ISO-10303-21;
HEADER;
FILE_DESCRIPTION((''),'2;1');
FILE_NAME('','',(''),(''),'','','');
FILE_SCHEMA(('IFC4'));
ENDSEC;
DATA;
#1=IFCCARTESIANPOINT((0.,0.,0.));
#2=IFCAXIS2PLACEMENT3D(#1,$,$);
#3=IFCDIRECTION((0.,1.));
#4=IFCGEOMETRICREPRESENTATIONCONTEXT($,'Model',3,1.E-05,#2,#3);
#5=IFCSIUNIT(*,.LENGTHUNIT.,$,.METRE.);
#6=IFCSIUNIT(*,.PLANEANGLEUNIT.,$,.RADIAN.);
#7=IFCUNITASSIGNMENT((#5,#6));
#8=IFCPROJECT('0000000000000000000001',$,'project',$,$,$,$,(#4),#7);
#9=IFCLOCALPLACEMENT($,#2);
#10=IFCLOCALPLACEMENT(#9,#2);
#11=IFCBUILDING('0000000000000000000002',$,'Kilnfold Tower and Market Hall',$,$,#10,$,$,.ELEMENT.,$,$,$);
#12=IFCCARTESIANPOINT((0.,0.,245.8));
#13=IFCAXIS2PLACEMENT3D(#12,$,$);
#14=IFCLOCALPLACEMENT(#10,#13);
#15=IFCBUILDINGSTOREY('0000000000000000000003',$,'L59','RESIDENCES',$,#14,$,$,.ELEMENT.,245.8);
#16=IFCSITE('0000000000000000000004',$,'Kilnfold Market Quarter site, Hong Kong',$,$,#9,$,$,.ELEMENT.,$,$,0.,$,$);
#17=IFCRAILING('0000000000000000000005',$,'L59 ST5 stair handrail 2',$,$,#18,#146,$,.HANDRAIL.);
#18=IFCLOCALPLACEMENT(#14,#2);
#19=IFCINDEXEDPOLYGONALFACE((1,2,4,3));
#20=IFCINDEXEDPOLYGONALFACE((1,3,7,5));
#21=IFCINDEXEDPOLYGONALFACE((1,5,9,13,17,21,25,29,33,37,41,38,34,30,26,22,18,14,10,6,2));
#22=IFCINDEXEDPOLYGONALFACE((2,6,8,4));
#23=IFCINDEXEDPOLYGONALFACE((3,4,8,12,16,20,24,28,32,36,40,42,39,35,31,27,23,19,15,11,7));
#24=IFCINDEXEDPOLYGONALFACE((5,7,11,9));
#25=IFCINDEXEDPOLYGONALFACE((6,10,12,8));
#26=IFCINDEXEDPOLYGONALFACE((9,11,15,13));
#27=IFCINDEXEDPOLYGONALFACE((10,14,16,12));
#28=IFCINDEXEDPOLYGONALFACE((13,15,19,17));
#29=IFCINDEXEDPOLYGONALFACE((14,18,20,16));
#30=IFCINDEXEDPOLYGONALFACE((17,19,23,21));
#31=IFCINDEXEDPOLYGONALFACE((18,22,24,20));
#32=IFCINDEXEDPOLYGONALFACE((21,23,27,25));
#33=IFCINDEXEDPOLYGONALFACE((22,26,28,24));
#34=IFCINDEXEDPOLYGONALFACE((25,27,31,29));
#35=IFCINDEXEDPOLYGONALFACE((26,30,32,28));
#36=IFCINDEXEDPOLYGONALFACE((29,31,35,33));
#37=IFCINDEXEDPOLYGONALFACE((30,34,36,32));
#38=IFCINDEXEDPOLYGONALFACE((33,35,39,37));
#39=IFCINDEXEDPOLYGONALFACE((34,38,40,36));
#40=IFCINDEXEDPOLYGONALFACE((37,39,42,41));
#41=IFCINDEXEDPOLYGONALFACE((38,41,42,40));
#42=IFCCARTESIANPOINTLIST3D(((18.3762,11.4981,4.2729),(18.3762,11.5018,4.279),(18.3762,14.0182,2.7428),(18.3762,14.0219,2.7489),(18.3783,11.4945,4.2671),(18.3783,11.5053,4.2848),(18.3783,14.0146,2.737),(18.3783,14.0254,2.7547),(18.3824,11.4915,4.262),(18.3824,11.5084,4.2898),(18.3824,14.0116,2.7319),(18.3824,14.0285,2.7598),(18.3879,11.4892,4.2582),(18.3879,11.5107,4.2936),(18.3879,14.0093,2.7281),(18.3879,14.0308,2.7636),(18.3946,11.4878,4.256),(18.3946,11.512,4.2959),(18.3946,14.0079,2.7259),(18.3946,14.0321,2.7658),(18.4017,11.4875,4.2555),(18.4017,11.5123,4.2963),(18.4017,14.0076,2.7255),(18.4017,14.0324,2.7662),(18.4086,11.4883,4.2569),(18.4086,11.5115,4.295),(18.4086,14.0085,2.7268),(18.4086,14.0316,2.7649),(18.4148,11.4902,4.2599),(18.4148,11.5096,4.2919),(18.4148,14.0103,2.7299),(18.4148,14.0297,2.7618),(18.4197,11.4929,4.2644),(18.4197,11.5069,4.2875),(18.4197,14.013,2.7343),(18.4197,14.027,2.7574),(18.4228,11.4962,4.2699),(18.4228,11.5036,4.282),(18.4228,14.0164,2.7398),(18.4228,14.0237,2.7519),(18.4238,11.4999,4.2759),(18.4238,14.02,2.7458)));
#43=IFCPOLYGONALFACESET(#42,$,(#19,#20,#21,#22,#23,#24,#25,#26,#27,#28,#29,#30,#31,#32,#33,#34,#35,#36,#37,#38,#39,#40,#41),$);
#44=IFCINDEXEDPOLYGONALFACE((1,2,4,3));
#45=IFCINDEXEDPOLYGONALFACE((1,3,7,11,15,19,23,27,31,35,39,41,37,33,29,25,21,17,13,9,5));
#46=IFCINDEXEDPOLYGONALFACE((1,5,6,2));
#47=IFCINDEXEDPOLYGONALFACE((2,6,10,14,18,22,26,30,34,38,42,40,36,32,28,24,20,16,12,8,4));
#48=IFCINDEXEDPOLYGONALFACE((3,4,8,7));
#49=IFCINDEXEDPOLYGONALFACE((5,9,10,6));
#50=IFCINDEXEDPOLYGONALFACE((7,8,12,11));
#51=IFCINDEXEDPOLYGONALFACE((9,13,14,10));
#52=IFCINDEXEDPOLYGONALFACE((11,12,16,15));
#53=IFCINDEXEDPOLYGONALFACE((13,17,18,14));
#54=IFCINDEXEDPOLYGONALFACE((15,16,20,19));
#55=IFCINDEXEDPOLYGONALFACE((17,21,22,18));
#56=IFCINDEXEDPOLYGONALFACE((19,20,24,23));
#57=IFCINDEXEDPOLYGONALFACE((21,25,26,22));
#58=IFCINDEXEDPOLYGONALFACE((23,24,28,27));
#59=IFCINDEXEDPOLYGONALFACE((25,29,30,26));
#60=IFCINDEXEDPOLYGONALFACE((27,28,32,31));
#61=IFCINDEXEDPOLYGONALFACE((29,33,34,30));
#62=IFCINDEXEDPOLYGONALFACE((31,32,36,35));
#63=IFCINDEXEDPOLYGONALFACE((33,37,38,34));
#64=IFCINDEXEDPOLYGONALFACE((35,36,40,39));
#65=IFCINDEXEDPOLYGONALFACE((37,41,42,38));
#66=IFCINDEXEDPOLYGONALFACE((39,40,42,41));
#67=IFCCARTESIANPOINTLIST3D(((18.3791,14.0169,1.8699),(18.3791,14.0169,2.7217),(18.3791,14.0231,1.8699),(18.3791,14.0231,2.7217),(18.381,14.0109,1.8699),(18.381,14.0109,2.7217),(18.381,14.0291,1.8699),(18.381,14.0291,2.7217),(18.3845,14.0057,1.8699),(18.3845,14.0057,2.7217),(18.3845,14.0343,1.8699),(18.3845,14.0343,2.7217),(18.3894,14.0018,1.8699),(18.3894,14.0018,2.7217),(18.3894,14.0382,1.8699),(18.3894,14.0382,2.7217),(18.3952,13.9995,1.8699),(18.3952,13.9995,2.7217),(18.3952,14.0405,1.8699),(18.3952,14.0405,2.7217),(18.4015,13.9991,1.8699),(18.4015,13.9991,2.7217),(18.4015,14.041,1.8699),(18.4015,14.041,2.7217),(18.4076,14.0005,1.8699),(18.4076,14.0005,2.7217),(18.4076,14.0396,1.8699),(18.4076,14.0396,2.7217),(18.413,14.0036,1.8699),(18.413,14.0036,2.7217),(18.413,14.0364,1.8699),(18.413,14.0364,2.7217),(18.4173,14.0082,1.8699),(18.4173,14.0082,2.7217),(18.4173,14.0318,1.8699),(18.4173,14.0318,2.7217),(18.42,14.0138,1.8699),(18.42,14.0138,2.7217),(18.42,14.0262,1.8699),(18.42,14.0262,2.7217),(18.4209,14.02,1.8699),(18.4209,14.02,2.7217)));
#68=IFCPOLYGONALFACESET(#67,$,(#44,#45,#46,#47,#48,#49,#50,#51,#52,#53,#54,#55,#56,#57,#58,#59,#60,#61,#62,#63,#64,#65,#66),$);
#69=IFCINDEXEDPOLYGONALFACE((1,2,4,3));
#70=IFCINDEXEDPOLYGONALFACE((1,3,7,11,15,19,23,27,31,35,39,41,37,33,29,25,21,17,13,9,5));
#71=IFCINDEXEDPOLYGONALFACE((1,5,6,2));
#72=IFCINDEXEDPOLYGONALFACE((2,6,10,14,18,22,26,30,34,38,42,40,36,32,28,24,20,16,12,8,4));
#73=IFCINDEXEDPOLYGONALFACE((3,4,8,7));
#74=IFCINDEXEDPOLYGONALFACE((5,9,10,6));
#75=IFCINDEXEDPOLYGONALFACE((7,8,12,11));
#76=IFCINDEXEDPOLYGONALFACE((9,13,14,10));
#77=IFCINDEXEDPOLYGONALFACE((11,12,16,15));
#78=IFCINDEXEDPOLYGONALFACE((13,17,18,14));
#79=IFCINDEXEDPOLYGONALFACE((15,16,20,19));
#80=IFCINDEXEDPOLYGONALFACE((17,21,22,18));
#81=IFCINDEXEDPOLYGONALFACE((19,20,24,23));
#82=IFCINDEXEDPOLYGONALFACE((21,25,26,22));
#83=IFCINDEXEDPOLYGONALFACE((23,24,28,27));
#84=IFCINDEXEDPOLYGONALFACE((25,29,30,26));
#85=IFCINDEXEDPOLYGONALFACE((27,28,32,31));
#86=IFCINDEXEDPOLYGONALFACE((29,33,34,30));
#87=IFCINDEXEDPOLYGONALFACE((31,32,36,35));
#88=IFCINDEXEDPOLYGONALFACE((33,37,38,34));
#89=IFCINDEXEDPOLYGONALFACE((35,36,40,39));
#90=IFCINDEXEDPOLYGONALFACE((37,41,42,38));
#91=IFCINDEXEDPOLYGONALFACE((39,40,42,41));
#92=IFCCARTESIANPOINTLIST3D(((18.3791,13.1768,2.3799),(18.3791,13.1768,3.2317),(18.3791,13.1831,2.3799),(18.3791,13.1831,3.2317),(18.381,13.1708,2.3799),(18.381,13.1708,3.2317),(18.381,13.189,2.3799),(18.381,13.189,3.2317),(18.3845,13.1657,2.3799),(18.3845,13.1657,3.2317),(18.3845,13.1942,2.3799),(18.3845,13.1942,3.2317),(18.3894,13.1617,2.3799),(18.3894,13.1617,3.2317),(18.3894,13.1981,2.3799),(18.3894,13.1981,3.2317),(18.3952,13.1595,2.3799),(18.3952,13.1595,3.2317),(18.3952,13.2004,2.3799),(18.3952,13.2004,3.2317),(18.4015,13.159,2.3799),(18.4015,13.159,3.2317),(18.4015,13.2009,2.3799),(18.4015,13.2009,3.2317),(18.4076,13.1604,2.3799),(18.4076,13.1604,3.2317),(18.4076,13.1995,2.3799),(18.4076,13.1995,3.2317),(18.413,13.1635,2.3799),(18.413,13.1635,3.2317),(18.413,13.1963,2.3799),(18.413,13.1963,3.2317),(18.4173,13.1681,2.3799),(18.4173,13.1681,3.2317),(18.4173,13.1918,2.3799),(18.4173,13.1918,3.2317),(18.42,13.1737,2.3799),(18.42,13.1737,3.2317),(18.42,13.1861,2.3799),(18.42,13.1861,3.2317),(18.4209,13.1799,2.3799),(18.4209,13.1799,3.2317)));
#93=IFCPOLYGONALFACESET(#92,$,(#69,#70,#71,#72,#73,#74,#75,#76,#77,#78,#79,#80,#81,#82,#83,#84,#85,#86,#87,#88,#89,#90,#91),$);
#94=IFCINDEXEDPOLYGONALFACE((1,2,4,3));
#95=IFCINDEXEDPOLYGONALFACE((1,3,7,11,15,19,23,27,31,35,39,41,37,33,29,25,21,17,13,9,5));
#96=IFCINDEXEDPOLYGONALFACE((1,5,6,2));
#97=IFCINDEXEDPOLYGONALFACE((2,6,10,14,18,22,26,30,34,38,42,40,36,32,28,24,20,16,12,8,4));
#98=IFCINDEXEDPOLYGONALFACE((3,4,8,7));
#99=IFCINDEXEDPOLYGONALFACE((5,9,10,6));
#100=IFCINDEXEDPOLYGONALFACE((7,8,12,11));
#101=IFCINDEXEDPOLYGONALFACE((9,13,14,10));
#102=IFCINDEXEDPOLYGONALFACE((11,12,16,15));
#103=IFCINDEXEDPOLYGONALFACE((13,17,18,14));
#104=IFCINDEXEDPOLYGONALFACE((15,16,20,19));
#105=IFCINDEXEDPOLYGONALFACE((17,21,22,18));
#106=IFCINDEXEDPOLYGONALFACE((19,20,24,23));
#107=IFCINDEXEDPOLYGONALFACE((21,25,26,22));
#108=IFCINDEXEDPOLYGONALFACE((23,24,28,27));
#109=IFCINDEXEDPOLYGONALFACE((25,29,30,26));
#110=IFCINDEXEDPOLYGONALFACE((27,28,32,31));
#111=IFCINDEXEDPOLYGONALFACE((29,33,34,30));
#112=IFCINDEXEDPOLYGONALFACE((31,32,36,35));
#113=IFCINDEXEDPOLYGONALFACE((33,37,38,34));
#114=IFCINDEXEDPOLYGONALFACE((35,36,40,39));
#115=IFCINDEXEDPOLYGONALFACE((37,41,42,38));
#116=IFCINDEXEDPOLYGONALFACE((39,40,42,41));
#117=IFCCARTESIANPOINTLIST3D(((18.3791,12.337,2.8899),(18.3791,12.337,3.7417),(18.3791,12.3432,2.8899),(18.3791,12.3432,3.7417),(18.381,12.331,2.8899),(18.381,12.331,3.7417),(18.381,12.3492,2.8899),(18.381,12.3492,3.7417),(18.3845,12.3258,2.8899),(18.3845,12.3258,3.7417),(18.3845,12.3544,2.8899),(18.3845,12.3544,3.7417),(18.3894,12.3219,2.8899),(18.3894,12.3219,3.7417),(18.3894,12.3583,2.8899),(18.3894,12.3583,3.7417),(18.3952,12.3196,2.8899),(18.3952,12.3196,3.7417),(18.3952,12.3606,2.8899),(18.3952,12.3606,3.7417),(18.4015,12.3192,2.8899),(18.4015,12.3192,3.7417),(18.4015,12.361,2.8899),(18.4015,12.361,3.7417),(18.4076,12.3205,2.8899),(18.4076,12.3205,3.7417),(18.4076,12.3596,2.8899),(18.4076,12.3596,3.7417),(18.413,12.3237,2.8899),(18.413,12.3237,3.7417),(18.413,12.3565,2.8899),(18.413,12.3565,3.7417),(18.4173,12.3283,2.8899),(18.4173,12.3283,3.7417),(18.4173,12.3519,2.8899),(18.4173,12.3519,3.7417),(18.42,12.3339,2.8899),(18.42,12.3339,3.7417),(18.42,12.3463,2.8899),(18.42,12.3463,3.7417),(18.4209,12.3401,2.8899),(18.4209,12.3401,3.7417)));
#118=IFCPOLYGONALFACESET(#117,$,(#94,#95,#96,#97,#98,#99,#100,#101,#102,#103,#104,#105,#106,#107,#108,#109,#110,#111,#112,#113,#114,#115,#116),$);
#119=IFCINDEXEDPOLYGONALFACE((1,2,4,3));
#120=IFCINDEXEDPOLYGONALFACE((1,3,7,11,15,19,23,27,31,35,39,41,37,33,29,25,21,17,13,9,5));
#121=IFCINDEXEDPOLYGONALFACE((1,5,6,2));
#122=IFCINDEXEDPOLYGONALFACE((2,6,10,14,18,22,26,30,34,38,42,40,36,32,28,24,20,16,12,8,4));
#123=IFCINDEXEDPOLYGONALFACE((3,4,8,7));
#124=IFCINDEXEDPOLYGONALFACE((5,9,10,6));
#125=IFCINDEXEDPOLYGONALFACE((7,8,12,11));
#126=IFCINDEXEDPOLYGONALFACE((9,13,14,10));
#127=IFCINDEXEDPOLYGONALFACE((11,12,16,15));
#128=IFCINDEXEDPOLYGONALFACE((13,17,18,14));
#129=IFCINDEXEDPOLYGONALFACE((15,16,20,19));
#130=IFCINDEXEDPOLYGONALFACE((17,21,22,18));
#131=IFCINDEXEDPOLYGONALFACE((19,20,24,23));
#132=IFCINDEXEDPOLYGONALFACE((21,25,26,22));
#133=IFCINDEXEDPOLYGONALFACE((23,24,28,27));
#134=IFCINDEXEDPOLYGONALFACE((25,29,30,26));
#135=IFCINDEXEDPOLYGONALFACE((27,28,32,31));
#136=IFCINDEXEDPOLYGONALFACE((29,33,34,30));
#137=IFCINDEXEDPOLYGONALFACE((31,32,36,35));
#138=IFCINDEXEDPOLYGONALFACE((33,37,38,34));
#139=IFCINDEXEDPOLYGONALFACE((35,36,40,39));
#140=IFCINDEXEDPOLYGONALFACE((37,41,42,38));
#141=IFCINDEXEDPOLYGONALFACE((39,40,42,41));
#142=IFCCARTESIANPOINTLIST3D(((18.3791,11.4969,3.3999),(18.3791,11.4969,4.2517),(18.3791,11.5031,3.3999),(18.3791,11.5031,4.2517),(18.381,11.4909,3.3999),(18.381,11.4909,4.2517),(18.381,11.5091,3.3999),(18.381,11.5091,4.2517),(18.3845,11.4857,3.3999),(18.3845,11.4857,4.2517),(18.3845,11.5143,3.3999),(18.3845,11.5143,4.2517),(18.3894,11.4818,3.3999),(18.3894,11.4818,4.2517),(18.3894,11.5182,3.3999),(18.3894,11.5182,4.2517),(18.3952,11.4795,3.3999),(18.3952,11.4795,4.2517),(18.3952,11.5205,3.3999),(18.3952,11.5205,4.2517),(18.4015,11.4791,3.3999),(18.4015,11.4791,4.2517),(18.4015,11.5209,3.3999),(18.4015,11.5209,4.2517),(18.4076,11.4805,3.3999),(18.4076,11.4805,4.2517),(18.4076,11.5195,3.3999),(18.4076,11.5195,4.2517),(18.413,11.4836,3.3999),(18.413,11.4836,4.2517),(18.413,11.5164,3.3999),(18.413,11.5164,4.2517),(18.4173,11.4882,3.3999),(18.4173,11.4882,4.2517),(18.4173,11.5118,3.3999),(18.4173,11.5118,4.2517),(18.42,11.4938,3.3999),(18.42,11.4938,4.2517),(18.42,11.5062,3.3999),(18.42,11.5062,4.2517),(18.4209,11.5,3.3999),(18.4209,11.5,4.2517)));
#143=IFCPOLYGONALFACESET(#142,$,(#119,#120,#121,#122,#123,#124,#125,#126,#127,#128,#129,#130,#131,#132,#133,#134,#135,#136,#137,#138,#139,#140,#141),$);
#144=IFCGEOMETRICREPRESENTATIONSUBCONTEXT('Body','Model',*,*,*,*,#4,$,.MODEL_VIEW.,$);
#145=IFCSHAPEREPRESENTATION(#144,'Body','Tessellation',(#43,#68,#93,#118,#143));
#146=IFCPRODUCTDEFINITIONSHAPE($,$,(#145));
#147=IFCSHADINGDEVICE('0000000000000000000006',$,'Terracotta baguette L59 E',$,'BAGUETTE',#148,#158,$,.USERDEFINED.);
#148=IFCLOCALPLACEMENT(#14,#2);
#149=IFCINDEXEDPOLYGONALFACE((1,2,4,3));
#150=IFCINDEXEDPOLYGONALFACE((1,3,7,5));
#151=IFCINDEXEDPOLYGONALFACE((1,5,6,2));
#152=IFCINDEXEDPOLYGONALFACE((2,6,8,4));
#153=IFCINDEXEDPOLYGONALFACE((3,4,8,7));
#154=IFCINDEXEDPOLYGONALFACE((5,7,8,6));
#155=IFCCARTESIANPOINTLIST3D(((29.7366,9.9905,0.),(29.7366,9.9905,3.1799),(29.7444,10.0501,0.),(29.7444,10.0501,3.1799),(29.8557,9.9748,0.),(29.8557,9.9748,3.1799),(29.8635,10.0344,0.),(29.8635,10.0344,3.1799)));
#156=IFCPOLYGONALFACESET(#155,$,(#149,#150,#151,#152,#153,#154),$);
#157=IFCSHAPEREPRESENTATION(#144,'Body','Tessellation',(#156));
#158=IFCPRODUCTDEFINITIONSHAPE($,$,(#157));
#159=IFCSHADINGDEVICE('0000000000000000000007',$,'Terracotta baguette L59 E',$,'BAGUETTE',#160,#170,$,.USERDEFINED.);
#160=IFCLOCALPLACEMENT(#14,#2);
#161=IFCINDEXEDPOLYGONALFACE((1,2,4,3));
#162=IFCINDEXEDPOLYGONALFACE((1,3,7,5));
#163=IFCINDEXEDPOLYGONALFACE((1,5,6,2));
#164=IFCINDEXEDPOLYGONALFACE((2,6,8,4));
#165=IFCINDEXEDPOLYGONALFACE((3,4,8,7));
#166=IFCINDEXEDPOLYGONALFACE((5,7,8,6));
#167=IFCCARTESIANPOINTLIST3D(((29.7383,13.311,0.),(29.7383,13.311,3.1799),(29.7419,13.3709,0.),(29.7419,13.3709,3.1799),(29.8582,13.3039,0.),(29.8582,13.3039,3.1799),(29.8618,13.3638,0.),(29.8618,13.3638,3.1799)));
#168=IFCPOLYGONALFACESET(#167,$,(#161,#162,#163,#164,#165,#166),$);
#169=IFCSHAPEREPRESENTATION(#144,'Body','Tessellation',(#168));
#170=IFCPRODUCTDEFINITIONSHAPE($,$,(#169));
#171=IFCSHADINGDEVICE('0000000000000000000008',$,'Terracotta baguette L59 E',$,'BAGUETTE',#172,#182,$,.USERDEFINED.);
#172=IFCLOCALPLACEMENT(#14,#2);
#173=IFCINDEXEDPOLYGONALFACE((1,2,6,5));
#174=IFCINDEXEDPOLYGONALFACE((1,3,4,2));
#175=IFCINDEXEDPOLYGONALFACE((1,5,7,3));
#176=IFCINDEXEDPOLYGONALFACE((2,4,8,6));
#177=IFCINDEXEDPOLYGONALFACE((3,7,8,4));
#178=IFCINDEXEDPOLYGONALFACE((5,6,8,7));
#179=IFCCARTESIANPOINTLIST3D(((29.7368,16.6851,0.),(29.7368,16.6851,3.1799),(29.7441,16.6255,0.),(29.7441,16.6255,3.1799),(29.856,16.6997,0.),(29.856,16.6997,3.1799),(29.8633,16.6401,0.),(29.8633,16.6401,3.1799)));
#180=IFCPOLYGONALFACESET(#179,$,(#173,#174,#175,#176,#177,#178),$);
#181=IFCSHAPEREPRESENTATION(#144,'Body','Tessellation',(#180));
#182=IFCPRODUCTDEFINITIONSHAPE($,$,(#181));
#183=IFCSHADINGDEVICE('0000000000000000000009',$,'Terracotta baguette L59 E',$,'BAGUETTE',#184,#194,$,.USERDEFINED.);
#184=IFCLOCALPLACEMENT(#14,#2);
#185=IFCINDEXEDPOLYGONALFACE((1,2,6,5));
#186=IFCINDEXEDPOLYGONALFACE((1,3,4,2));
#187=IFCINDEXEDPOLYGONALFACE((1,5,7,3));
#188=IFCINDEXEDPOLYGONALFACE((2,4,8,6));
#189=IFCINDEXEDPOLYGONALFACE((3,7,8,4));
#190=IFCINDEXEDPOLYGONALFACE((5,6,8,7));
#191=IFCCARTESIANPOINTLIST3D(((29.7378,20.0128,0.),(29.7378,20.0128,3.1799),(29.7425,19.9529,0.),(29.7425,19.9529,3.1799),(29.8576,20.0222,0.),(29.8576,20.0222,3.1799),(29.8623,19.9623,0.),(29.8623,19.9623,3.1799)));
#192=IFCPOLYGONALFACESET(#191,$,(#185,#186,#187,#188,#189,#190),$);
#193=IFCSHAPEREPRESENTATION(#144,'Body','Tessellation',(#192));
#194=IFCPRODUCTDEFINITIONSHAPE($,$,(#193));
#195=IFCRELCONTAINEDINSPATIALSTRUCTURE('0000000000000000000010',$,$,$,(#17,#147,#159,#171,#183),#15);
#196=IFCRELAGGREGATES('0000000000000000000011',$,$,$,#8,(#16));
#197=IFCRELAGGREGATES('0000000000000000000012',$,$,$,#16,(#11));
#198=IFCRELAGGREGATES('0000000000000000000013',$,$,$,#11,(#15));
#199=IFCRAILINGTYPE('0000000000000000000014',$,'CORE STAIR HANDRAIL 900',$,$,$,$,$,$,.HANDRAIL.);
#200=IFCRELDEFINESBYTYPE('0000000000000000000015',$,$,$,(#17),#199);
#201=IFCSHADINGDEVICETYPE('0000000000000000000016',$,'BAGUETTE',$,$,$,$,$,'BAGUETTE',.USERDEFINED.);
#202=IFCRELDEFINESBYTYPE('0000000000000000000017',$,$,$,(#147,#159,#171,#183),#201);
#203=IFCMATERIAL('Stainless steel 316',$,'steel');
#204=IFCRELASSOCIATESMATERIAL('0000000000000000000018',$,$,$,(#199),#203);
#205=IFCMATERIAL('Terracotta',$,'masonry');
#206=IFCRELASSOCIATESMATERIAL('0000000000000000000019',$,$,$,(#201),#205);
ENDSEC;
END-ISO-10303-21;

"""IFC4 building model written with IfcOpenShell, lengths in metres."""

from ifc_helpers import new_model, si_unit, direction, frame, origin, origin_2d, place, context, subcontext, project, spatial, rectangle, circle, extrude, source, transform, mapped, material, material_profile, profile_set, type_object, element, save


model = new_model("IFC4")

# Units and contexts
model_context = context("Model", 3, precision=1e-05, world=origin(), true_north=direction((0.0, 1.0)))
body_context = subcontext(model_context, "Body", "Model", "MODEL_VIEW")
ifc_project = project(units=[si_unit("LENGTHUNIT", "METRE"), si_unit("PLANEANGLEUNIT", "RADIAN")], contexts=[model_context])

# Site, building, storey
site_placement = place(None, origin())
site = spatial("IfcSite", under=ifc_project, at=site_placement, Name="Kilnfold Market Quarter site, Hong Kong", CompositionType="ELEMENT", RefElevation=0.0)
building_placement = place(site_placement, origin())
building = spatial("IfcBuilding", under=site, at=building_placement, Name="Kilnfold Tower and Market Hall", CompositionType="ELEMENT")
storey_placement = place(building_placement, frame((0.0, 0.0, 245.8)))
storey = spatial("IfcBuildingStorey", under=building, at=storey_placement, Name="L59", Description="RESIDENCES", CompositionType="ELEMENT", Elevation=245.8)

# Railing
ifc_material_1 = material(Name="Stainless steel 316", Category="steel")
railing_type_1 = type_object("IfcRailingType", Name="CORE STAIR HANDRAIL 900", PredefinedType="HANDRAIL", material=ifc_material_1)
railing_1_placement = place(storey_placement, frame((18.3999, 14.02, 1.8699)))
element("IfcRailing", 1, at=railing_1_placement, inside=storey, type_object=railing_type_1, Name="L59 ST5 stair handrail 2", PredefinedType="HANDRAIL", context=body_context, shape_type="SweptSolid", body=[
    extrude(circle(Radius=0.0239, at=origin_2d()), frame((0.0, 0.0, 0.876), z_axis=(0.0, -0.854785, 0.518982), x_axis=(1.0, 0.0, 0.0)), (0.0, 0.0, 1.0), 2.9482),
    extrude(circle(Radius=0.021, at=origin_2d()), origin(), (0.0, 0.0, 1.0), 0.8518),
    extrude(circle(Radius=0.021, at=origin_2d()), frame((0.0, -0.8401, 0.51)), (0.0, 0.0, 1.0), 0.8518),
    extrude(circle(Radius=0.021, at=origin_2d()), frame((0.0, -1.6799, 1.02)), (0.0, 0.0, 1.0), 0.8518),
    extrude(circle(Radius=0.021, at=origin_2d()), frame((0.0, -2.52, 1.53)), (0.0, 0.0, 1.0), 0.8518),
])

# Shading devices
ifc_material_2 = material(Name="Terracotta", Category="masonry")
ifc_material_profile_1 = material_profile(ifc_material_2, rectangle(XDim=0.0601, YDim=0.1201, at=origin_2d()), Name="BAG 60x120")
ifc_profile_set_1 = profile_set([ifc_material_profile_1], Name="Terracotta")
shading_device_type = type_object("IfcShadingDeviceType", Name="BAGUETTE", ElementType="BAGUETTE", PredefinedType="USERDEFINED", material=ifc_profile_set_1)
shared_shape_1 = source(origin(), body_context, "Body", "SweptSolid", [
    extrude(rectangle(XDim=0.0601, YDim=0.1201, at=origin_2d()), origin(), (0.0, 0.0, 1.0), 3.1799),
])
for number, where, z_axis, x_axis, name in (
    (2, (29.8, 10.0125, 0.0), (0.0, 0.0, 1.0), (0.130443, 0.991456, 0.0), "Terracotta baguette L59 E"),
    (3, (29.8, 13.3374, 0.0), (0.0, 0.0, 1.0), (0.058892, 0.998264, 0.0), "Terracotta baguette L59 E"),
    (4, (29.8, 16.6626, 0.0), (0.0, 0.0, 1.0), (-0.12127, 0.99262, 0.0), "Terracotta baguette L59 E"),
    (5, (29.8, 19.9875, 0.0), (0.0, 0.0, 1.0), (-0.077923, 0.996959, 0.0), "Terracotta baguette L59 E"),
):
    element("IfcShadingDevice", number, at=place(storey_placement, frame(where, z_axis=z_axis, x_axis=x_axis)), inside=storey, type_object=shading_device_type, Name=name, ObjectType="BAGUETTE", PredefinedType="USERDEFINED", context=body_context, shape_type="MappedRepresentation", body=[
        mapped(shared_shape_1, transform((0.0, 0.0, 0.0))),
    ])

save(model, "model.ifc")
